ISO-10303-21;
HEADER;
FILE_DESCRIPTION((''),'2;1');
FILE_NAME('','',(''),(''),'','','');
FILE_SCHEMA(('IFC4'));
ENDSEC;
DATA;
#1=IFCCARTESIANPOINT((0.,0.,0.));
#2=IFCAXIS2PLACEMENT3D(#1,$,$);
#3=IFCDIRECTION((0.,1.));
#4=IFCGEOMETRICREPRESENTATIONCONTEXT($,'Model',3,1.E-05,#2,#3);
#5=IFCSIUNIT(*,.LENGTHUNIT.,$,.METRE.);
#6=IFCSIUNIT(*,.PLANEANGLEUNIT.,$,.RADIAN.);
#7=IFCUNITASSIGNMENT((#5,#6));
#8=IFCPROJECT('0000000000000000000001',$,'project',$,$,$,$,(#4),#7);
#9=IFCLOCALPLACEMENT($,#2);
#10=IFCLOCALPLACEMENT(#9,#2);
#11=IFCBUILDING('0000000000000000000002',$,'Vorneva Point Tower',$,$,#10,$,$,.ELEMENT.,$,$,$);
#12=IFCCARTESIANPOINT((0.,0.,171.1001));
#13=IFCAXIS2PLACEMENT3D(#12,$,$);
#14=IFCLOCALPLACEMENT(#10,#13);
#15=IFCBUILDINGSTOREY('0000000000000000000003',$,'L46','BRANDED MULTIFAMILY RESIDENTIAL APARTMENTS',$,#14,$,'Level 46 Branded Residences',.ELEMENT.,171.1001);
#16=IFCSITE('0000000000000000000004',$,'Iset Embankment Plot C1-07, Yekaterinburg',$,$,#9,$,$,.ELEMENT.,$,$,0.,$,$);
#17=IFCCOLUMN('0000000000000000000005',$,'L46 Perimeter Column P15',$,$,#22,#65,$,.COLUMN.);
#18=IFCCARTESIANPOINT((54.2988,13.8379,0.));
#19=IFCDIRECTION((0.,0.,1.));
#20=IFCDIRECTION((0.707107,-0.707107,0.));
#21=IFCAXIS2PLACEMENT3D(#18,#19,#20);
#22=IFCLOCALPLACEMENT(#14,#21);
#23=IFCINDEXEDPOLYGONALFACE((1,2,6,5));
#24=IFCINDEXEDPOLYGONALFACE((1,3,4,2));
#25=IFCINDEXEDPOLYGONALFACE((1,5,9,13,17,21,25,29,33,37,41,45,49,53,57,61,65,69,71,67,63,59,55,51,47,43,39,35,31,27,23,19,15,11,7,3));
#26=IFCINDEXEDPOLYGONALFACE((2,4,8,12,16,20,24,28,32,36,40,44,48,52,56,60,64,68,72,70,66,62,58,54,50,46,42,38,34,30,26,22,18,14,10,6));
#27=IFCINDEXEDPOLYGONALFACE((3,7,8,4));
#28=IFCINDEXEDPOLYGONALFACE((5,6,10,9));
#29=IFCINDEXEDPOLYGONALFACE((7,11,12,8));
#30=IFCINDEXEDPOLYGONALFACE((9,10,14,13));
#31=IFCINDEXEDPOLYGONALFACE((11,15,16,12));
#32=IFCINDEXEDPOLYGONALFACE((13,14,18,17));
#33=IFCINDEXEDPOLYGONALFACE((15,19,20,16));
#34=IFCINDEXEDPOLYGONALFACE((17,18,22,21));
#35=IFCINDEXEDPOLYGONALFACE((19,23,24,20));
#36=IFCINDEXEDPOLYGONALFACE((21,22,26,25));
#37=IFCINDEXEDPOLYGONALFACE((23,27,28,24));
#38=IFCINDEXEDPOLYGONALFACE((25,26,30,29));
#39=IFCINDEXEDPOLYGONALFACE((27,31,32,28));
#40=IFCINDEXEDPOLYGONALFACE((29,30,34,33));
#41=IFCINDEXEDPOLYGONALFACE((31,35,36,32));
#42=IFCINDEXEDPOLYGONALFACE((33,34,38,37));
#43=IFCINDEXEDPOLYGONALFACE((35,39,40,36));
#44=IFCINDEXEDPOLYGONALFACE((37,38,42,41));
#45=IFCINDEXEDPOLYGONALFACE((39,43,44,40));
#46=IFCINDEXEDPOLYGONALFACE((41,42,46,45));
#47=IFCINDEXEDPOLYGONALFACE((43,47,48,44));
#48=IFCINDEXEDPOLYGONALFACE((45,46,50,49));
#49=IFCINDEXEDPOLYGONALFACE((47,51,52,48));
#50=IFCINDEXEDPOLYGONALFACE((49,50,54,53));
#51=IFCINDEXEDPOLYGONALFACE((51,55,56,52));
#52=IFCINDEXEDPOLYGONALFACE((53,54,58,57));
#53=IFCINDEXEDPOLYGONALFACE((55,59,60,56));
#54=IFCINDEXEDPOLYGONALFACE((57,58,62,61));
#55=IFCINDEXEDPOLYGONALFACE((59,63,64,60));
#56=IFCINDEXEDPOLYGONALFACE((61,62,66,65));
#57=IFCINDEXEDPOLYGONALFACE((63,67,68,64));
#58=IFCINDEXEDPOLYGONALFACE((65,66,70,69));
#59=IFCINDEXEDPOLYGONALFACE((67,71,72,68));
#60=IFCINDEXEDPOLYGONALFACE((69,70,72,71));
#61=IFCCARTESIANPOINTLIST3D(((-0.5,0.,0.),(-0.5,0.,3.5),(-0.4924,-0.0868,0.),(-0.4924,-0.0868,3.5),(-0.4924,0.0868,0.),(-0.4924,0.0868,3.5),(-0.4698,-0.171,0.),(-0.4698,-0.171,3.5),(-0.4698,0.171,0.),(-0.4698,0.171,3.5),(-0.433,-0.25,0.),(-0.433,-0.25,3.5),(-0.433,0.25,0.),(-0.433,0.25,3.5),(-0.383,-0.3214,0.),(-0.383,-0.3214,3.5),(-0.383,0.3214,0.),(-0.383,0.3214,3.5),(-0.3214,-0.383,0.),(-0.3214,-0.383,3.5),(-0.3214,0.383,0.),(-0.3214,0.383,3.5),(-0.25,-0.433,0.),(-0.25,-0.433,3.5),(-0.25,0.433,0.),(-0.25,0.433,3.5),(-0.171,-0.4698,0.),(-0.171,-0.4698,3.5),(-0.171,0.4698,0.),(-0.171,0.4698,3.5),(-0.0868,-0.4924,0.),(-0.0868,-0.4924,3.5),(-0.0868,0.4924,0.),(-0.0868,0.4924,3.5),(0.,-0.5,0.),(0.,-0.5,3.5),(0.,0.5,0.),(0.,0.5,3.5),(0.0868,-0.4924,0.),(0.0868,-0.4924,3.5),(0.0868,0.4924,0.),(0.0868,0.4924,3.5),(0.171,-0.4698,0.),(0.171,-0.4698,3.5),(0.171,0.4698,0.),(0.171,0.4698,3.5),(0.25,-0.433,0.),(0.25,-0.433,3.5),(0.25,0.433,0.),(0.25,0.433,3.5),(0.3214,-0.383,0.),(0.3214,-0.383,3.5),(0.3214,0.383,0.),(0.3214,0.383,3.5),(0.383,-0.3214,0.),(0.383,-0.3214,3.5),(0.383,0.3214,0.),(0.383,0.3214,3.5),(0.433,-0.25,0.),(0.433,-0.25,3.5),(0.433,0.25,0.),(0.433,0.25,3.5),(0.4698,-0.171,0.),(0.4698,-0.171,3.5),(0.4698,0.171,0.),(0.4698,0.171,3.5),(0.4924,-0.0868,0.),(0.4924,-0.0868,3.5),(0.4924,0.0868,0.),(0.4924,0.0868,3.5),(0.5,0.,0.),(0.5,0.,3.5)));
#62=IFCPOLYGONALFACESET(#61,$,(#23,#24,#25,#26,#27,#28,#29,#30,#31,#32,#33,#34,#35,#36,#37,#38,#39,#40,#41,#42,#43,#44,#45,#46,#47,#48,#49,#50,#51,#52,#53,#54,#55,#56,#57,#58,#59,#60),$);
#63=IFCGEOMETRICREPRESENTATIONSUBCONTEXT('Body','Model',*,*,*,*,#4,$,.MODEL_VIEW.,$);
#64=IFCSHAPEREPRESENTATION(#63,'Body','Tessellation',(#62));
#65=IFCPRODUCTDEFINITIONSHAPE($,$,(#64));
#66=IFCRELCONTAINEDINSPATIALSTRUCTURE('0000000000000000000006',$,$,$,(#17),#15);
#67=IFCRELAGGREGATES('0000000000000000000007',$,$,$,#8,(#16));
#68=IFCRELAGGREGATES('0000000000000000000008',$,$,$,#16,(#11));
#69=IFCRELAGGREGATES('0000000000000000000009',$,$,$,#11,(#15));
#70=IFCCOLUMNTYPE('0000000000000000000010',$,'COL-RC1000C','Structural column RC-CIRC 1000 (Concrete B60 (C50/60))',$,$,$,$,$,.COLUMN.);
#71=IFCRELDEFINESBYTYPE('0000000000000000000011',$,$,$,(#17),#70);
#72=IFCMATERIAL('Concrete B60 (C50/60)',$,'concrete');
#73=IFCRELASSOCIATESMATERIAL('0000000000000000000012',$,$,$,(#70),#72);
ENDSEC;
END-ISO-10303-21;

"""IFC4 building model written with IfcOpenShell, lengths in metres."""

from ifc_helpers import new_model, si_unit, direction, frame, origin, origin_2d, place, context, subcontext, project, spatial, circle, extrude, material, material_profile, profile_set, type_object, element, save


model = new_model("IFC4")

# Units and contexts
model_context = context("Model", 3, precision=1e-05, world=origin(), true_north=direction((0.0, 1.0)))
body_context = subcontext(model_context, "Body", "Model", "MODEL_VIEW")
ifc_project = project(units=[si_unit("LENGTHUNIT", "METRE"), si_unit("PLANEANGLEUNIT", "RADIAN")], contexts=[model_context])

# Site, building, storey
site_placement = place(None, origin())
site = spatial("IfcSite", under=ifc_project, at=site_placement, Name="Iset Embankment Plot C1-07, Yekaterinburg", CompositionType="ELEMENT", RefElevation=0.0)
building_placement = place(site_placement, origin())
building = spatial("IfcBuilding", under=site, at=building_placement, Name="Vorneva Point Tower", CompositionType="ELEMENT")
storey_placement = place(building_placement, frame((0.0, 0.0, 171.1001)))
storey = spatial("IfcBuildingStorey", under=building, at=storey_placement, Name="L46", Description="BRANDED MULTIFAMILY RESIDENTIAL APARTMENTS", LongName="Level 46 Branded Residences", CompositionType="ELEMENT", Elevation=171.1001)

# Column
ifc_material_1 = material(Name="Concrete B60 (C50/60)", Category="concrete")
ifc_material_profile_1 = material_profile(ifc_material_1, circle(Radius=0.5, at=origin_2d()), Name="RC-CIRC 1000")
ifc_profile_set_1 = profile_set([ifc_material_profile_1], Name="Concrete B60 (C50/60)")
column_type_1 = type_object("IfcColumnType", Name="COL-RC1000C", Description="Structural column RC-CIRC 1000 (Concrete B60 (C50/60))", PredefinedType="COLUMN", material=ifc_profile_set_1)
column_1_placement = place(storey_placement, frame((54.2988, 13.8379, 0.0), z_axis=(0.0, 0.0, 1.0), x_axis=(0.707107, -0.707107, 0.0)))
element("IfcColumn", 1, at=column_1_placement, inside=storey, type_object=column_type_1, Name="L46 Perimeter Column P15", PredefinedType="COLUMN", context=body_context, shape_type="SweptSolid", body=[
    extrude(circle(Radius=0.5, at=origin_2d()), origin(), (0.0, 0.0, 1.0), 3.5),
])

save(model, "model.ifc")
